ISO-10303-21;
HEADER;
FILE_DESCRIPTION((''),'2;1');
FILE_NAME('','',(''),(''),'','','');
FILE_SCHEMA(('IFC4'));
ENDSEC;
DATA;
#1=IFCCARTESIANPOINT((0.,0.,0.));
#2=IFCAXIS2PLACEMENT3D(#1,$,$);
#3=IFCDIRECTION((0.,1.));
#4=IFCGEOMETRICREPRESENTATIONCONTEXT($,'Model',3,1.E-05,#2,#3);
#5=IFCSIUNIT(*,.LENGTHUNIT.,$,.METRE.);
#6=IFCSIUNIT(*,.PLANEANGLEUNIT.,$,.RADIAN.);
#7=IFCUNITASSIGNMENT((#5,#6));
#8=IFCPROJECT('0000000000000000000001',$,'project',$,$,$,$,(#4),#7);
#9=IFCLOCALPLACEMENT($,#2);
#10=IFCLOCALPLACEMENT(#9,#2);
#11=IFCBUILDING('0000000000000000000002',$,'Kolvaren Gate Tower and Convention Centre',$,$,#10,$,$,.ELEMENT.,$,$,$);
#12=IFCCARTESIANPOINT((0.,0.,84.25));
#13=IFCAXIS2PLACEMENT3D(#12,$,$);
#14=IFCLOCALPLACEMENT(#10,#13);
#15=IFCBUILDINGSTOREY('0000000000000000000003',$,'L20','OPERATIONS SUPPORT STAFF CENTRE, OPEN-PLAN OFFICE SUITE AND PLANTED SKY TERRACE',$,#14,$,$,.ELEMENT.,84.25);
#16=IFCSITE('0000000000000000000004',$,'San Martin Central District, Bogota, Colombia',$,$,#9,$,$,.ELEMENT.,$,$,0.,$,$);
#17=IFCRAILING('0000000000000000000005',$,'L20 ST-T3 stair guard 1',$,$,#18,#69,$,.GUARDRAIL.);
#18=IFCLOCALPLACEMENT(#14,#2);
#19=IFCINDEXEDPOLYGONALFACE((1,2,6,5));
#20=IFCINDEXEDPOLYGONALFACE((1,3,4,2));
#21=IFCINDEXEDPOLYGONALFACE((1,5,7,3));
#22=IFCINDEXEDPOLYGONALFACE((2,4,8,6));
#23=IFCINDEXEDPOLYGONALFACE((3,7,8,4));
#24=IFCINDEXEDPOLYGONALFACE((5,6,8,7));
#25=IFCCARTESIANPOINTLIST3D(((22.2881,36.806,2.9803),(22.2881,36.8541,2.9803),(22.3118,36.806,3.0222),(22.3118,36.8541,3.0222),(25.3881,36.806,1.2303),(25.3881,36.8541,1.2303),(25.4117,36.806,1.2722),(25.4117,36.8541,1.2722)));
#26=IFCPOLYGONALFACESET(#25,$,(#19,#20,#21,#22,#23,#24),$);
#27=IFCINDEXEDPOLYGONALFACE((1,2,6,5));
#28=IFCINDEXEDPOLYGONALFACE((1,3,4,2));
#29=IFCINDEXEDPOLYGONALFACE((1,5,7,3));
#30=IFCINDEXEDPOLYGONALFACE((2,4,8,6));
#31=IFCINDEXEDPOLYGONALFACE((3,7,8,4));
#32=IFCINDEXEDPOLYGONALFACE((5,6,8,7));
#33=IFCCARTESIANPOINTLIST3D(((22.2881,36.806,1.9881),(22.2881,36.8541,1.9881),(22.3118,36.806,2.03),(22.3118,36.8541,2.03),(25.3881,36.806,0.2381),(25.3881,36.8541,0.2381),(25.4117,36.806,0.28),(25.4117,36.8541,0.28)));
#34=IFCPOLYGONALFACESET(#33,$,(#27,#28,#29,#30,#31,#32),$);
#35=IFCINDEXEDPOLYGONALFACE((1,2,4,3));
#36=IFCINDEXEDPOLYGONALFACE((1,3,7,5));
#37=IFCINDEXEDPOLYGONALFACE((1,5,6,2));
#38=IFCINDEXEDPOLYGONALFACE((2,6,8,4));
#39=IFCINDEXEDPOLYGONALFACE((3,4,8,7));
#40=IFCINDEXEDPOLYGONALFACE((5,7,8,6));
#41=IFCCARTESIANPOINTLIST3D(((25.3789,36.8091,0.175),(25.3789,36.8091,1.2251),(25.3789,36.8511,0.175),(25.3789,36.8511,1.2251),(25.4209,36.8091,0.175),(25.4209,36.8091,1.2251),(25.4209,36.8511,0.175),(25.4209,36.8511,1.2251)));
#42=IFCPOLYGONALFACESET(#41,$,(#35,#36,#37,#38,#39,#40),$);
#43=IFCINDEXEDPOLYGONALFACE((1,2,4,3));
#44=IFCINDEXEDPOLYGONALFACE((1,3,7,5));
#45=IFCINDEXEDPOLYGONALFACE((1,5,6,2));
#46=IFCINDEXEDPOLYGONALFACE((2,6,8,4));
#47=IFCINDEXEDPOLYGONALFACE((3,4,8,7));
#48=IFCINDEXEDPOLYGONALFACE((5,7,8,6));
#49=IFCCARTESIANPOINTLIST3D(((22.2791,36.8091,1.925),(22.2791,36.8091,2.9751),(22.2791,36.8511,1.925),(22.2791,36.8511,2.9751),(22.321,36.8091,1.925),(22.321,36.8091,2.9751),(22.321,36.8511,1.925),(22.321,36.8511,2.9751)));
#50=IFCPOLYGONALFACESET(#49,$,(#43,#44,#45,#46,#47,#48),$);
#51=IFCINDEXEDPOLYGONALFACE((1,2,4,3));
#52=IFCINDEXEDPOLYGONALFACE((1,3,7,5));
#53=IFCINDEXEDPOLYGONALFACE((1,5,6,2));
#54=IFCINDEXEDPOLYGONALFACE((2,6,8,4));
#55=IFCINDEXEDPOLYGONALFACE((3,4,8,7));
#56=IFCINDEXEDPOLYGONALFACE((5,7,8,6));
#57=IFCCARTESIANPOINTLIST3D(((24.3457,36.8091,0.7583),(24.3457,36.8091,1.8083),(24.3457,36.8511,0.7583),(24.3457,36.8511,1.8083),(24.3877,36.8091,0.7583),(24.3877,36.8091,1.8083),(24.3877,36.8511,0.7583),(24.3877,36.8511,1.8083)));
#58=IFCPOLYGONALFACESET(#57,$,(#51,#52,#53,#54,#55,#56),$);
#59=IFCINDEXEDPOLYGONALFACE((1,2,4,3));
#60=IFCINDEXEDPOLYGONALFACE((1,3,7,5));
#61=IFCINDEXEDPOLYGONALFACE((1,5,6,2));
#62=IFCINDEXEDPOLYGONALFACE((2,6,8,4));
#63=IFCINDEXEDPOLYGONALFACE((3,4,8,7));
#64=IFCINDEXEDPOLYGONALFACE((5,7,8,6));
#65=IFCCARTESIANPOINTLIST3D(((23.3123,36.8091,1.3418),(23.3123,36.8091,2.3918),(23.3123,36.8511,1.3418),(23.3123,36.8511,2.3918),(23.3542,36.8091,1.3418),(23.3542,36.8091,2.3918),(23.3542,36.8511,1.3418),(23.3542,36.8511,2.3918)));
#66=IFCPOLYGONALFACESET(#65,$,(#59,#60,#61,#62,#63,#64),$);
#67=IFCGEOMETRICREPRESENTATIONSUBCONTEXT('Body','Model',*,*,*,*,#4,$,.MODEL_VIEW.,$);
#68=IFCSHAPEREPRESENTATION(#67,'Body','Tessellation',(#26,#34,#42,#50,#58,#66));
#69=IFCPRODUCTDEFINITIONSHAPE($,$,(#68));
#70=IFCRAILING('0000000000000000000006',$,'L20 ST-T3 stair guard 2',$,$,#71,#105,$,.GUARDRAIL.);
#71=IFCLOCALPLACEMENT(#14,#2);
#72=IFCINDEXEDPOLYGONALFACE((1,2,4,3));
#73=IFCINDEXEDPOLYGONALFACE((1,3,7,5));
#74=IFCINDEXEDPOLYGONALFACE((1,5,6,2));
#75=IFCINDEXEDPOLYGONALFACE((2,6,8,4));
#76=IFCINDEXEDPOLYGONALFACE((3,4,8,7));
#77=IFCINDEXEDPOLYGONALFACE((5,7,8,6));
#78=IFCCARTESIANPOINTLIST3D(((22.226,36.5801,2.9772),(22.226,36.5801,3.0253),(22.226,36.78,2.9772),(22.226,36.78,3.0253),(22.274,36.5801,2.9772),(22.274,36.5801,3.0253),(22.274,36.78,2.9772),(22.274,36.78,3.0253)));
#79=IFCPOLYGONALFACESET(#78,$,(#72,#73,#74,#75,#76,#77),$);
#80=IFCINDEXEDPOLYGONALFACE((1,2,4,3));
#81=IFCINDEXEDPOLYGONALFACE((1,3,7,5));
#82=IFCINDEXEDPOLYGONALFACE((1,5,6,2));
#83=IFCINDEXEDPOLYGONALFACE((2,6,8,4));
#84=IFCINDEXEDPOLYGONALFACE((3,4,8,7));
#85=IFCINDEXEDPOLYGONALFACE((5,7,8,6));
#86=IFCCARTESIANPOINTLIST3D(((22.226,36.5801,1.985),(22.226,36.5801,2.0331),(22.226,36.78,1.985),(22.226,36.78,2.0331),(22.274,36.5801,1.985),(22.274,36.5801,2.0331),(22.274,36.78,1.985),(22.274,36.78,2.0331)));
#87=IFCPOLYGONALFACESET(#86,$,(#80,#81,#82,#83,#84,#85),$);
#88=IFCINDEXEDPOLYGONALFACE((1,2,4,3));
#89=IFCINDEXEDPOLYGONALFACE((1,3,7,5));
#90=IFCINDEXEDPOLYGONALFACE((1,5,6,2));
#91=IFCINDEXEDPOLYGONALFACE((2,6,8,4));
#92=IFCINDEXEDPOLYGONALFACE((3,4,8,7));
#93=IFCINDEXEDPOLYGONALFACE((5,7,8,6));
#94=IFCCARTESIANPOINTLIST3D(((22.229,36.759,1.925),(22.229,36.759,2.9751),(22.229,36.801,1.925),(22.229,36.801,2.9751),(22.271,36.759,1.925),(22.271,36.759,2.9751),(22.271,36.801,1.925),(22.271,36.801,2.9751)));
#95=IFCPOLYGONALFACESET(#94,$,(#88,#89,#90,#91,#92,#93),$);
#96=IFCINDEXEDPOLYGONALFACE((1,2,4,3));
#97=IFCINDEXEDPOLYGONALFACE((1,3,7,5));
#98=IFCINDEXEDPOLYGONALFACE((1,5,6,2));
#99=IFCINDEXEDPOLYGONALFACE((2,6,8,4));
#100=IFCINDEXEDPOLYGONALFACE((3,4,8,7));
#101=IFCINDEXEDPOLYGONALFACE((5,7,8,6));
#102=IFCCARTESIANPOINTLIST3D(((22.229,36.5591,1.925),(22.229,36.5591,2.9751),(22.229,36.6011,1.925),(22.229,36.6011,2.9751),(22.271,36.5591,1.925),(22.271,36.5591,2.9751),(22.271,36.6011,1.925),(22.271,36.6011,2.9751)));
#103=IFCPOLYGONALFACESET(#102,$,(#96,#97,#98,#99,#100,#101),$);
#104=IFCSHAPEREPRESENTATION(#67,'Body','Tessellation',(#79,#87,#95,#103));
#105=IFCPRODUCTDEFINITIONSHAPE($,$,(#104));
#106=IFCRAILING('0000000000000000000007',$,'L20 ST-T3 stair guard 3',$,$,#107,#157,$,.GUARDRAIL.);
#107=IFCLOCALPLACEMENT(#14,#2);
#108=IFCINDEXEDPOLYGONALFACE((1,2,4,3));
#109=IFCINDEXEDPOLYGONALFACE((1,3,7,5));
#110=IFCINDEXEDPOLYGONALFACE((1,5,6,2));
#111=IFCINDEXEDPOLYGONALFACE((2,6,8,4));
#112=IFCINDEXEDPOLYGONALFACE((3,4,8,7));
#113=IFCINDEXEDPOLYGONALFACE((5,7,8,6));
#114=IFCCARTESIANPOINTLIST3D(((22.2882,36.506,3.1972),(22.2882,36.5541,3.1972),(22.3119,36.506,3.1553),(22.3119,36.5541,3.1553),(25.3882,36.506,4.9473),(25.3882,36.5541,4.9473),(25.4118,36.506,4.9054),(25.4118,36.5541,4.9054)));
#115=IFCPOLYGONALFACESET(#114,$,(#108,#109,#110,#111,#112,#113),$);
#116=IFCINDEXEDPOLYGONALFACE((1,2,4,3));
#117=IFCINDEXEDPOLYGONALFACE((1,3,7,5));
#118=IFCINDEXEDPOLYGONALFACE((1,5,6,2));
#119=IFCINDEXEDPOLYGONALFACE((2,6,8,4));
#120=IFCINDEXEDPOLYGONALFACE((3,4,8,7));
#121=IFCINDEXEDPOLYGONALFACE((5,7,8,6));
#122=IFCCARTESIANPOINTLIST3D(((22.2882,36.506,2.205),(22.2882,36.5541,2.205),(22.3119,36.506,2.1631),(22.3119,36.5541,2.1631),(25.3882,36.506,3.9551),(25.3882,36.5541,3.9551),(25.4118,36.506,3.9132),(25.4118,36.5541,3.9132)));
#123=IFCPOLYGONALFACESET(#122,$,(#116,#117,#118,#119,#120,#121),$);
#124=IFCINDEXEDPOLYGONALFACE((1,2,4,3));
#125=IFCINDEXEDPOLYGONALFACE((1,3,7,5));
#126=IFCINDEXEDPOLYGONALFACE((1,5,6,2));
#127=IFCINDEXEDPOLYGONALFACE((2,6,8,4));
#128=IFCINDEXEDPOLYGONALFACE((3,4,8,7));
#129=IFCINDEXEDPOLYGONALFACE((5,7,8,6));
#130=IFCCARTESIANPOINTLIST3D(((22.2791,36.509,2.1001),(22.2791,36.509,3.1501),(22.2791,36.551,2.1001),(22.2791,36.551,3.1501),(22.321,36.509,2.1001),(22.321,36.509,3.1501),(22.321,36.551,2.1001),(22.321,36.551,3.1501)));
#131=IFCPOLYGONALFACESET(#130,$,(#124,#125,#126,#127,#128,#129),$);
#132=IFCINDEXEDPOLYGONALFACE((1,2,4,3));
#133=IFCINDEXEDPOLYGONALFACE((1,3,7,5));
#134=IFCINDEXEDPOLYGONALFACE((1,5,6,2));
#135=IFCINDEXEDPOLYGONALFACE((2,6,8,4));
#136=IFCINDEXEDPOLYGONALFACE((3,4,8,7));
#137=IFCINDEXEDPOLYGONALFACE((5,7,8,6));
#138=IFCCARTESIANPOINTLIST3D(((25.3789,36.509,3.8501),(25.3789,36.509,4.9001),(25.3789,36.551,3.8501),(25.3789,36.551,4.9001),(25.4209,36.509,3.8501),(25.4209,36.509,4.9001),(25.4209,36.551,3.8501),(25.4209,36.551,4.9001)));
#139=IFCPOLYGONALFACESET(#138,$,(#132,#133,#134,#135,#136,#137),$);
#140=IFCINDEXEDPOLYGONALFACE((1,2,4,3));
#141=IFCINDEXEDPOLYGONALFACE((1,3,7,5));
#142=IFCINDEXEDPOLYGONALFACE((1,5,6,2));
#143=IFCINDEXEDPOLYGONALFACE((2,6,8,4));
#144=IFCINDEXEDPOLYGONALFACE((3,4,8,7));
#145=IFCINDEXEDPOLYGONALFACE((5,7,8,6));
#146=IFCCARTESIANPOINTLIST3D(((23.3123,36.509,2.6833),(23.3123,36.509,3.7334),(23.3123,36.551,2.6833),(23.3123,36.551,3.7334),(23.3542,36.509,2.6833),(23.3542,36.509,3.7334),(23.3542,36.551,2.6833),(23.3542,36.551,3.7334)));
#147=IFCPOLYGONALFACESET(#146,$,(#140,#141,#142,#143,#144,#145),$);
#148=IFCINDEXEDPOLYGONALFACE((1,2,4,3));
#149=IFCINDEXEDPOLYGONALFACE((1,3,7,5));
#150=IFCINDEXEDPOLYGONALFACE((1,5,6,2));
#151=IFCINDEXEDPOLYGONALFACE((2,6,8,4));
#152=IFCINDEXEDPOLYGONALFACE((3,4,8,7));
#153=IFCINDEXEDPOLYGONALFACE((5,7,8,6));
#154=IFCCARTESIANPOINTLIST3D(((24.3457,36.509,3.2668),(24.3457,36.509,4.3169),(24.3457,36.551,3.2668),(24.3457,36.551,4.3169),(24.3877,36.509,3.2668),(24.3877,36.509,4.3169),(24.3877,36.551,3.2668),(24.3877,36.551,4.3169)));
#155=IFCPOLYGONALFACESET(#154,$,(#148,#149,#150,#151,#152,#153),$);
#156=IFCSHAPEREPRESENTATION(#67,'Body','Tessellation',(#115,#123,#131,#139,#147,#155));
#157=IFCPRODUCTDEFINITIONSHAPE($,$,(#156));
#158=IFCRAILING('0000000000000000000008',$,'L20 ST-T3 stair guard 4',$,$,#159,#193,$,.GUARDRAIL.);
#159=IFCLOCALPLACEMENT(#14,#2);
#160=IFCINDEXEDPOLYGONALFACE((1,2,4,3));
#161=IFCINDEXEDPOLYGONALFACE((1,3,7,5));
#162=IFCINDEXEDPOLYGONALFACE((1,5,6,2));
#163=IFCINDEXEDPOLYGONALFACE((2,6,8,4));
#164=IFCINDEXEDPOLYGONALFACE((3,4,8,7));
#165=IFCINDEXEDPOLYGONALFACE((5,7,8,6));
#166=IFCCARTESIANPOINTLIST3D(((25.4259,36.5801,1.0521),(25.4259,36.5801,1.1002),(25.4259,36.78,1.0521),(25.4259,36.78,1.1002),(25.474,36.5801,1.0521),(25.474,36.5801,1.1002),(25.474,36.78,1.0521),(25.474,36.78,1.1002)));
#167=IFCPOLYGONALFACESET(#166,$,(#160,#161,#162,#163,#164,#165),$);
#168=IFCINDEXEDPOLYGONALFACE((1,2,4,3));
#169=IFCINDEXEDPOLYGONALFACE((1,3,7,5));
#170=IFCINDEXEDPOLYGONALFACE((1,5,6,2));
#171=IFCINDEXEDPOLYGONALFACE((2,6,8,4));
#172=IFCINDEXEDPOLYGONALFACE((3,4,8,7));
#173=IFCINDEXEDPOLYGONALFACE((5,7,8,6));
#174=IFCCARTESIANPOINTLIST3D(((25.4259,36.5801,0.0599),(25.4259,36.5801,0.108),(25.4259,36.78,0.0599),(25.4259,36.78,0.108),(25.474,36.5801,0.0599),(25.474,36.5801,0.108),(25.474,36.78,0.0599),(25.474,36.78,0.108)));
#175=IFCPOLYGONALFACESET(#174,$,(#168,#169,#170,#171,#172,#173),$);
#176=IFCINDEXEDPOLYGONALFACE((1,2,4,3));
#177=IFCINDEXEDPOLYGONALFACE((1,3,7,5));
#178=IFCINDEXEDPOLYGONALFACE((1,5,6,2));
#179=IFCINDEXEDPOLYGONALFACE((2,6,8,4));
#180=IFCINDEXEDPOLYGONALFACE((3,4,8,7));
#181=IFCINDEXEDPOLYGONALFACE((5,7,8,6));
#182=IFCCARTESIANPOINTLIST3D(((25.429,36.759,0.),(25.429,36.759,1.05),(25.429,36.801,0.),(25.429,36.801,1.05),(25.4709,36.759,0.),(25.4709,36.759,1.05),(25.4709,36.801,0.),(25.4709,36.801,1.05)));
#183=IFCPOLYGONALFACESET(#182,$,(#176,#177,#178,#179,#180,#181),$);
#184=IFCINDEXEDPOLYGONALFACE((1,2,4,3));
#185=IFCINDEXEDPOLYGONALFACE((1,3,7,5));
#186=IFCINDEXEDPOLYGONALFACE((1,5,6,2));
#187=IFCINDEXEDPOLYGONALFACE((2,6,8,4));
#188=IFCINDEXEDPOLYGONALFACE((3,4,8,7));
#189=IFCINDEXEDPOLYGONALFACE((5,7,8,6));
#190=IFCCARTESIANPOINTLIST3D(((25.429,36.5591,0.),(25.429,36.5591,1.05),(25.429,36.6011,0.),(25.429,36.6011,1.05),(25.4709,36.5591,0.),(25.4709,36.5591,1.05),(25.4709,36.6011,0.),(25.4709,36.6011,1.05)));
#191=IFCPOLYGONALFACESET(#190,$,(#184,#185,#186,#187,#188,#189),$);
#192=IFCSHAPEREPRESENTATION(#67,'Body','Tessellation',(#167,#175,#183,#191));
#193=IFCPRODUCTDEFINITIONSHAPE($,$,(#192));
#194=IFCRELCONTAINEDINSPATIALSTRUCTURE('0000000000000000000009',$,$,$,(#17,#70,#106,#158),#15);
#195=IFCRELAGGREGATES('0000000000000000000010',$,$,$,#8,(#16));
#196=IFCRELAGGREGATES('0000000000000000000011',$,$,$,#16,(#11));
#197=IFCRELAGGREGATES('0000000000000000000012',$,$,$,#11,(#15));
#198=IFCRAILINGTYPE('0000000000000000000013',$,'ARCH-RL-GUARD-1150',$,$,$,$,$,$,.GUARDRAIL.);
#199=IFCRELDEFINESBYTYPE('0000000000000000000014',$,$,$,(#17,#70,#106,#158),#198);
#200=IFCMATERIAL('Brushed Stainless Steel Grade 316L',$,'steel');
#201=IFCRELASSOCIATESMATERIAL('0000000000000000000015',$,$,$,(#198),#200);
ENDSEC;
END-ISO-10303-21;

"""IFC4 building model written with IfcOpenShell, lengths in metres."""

from ifc_helpers import new_model, si_unit, direction, frame, origin, origin_2d, place, context, subcontext, project, spatial, rectangle, extrude, material, type_object, element, save


model = new_model("IFC4")

# Units and contexts
model_context = context("Model", 3, precision=1e-05, world=origin(), true_north=direction((0.0, 1.0)))
body_context = subcontext(model_context, "Body", "Model", "MODEL_VIEW")
ifc_project = project(units=[si_unit("LENGTHUNIT", "METRE"), si_unit("PLANEANGLEUNIT", "RADIAN")], contexts=[model_context])

# Site, building, storey
site_placement = place(None, origin())
site = spatial("IfcSite", under=ifc_project, at=site_placement, Name="San Martin Central District, Bogota, Colombia", CompositionType="ELEMENT", RefElevation=0.0)
building_placement = place(site_placement, origin())
building = spatial("IfcBuilding", under=site, at=building_placement, Name="Kolvaren Gate Tower and Convention Centre", CompositionType="ELEMENT")
storey_placement = place(building_placement, frame((0.0, 0.0, 84.25)))
storey = spatial("IfcBuildingStorey", under=building, at=storey_placement, Name="L20", Description="OPERATIONS SUPPORT STAFF CENTRE, OPEN-PLAN OFFICE SUITE AND PLANTED SKY TERRACE", CompositionType="ELEMENT", Elevation=84.25)

# Railings
ifc_material_1 = material(Name="Brushed Stainless Steel Grade 316L", Category="steel")
railing_type_1 = type_object("IfcRailingType", Name="ARCH-RL-GUARD-1150", PredefinedType="GUARDRAIL", material=ifc_material_1)
railing_1_placement = place(storey_placement, frame((25.3999, 36.8301, 0.175)))
element("IfcRailing", 1, at=railing_1_placement, inside=storey, type_object=railing_type_1, Name="L20 ST-T3 stair guard 1", PredefinedType="GUARDRAIL", context=body_context, shape_type="SweptSolid", body=[
    extrude(rectangle(XDim=0.0481, YDim=0.0481, at=origin_2d()), frame((0.0, 0.0, 1.0762), z_axis=(-0.870814, 0.0, 0.491612), x_axis=(0.0, -1.0, 0.0)), (0.0, 0.0, 1.0), 3.5598),
    extrude(rectangle(XDim=0.0481, YDim=0.0481, at=origin_2d()), frame((0.0, 0.0, 0.084), z_axis=(-0.870814, 0.0, 0.491612), x_axis=(0.0, -1.0, 0.0)), (0.0, 0.0, 1.0), 3.5598),
    extrude(rectangle(XDim=0.042, YDim=0.042, at=origin_2d()), origin(), (0.0, 0.0, 1.0), 1.05),
    extrude(rectangle(XDim=0.042, YDim=0.042, at=origin_2d()), frame((-3.0999, 0.0, 1.75)), (0.0, 0.0, 1.0), 1.05),
    extrude(rectangle(XDim=0.042, YDim=0.042, at=origin_2d()), frame((-1.0332, 0.0, 0.5833)), (0.0, 0.0, 1.0), 1.05),
    extrude(rectangle(XDim=0.042, YDim=0.042, at=origin_2d()), frame((-2.0667, 0.0, 1.1667)), (0.0, 0.0, 1.0), 1.05),
])
railing_2_placement = place(storey_placement, frame((22.25, 36.78, 1.925)))
element("IfcRailing", 2, at=railing_2_placement, inside=storey, type_object=railing_type_1, Name="L20 ST-T3 stair guard 2", PredefinedType="GUARDRAIL", context=body_context, shape_type="SweptSolid", body=[
    extrude(rectangle(XDim=0.0481, YDim=0.0481, at=origin_2d()), frame((0.0, 0.0, 1.0762), z_axis=(0.0, -1.0, 0.0), x_axis=(1.0, 0.0, 0.0)), (0.0, 0.0, 1.0), 0.2),
    extrude(rectangle(XDim=0.0481, YDim=0.0481, at=origin_2d()), frame((0.0, 0.0, 0.084), z_axis=(0.0, -1.0, 0.0), x_axis=(1.0, 0.0, 0.0)), (0.0, 0.0, 1.0), 0.2),
    extrude(rectangle(XDim=0.042, YDim=0.042, at=origin_2d()), origin(), (0.0, 0.0, 1.0), 1.05),
    extrude(rectangle(XDim=0.042, YDim=0.042, at=origin_2d()), frame((0.0, -0.2, 0.0)), (0.0, 0.0, 1.0), 1.05),
])
railing_3_placement = place(storey_placement, frame((22.3, 36.53, 2.1001)))
element("IfcRailing", 3, at=railing_3_placement, inside=storey, type_object=railing_type_1, Name="L20 ST-T3 stair guard 3", PredefinedType="GUARDRAIL", context=body_context, shape_type="SweptSolid", body=[
    extrude(rectangle(XDim=0.0481, YDim=0.0481, at=origin_2d()), frame((0.0, 0.0, 1.0762), z_axis=(0.870814, 0.0, 0.491612), x_axis=(0.0, 1.0, 0.0)), (0.0, 0.0, 1.0), 3.5598),
    extrude(rectangle(XDim=0.0481, YDim=0.0481, at=origin_2d()), frame((0.0, 0.0, 0.084), z_axis=(0.870814, 0.0, 0.491612), x_axis=(0.0, 1.0, 0.0)), (0.0, 0.0, 1.0), 3.5598),
    extrude(rectangle(XDim=0.042, YDim=0.042, at=origin_2d()), origin(), (0.0, 0.0, 1.0), 1.05),
    extrude(rectangle(XDim=0.042, YDim=0.042, at=origin_2d()), frame((3.0999, 0.0, 1.75)), (0.0, 0.0, 1.0), 1.05),
    extrude(rectangle(XDim=0.042, YDim=0.042, at=origin_2d()), frame((1.0332, 0.0, 0.5833)), (0.0, 0.0, 1.0), 1.05),
    extrude(rectangle(XDim=0.042, YDim=0.042, at=origin_2d()), frame((2.0667, 0.0, 1.1667)), (0.0, 0.0, 1.0), 1.05),
])
railing_4_placement = place(storey_placement, frame((25.45, 36.78, 0.0)))
element("IfcRailing", 4, at=railing_4_placement, inside=storey, type_object=railing_type_1, Name="L20 ST-T3 stair guard 4", PredefinedType="GUARDRAIL", context=body_context, shape_type="SweptSolid", body=[
    extrude(rectangle(XDim=0.0481, YDim=0.0481, at=origin_2d()), frame((0.0, 0.0, 1.0762), z_axis=(0.0, -1.0, 0.0), x_axis=(1.0, 0.0, 0.0)), (0.0, 0.0, 1.0), 0.2),
    extrude(rectangle(XDim=0.0481, YDim=0.0481, at=origin_2d()), frame((0.0, 0.0, 0.084), z_axis=(0.0, -1.0, 0.0), x_axis=(1.0, 0.0, 0.0)), (0.0, 0.0, 1.0), 0.2),
    extrude(rectangle(XDim=0.042, YDim=0.042, at=origin_2d()), origin(), (0.0, 0.0, 1.0), 1.05),
    extrude(rectangle(XDim=0.042, YDim=0.042, at=origin_2d()), frame((0.0, -0.2, 0.0)), (0.0, 0.0, 1.0), 1.05),
])

save(model, "model.ifc")
